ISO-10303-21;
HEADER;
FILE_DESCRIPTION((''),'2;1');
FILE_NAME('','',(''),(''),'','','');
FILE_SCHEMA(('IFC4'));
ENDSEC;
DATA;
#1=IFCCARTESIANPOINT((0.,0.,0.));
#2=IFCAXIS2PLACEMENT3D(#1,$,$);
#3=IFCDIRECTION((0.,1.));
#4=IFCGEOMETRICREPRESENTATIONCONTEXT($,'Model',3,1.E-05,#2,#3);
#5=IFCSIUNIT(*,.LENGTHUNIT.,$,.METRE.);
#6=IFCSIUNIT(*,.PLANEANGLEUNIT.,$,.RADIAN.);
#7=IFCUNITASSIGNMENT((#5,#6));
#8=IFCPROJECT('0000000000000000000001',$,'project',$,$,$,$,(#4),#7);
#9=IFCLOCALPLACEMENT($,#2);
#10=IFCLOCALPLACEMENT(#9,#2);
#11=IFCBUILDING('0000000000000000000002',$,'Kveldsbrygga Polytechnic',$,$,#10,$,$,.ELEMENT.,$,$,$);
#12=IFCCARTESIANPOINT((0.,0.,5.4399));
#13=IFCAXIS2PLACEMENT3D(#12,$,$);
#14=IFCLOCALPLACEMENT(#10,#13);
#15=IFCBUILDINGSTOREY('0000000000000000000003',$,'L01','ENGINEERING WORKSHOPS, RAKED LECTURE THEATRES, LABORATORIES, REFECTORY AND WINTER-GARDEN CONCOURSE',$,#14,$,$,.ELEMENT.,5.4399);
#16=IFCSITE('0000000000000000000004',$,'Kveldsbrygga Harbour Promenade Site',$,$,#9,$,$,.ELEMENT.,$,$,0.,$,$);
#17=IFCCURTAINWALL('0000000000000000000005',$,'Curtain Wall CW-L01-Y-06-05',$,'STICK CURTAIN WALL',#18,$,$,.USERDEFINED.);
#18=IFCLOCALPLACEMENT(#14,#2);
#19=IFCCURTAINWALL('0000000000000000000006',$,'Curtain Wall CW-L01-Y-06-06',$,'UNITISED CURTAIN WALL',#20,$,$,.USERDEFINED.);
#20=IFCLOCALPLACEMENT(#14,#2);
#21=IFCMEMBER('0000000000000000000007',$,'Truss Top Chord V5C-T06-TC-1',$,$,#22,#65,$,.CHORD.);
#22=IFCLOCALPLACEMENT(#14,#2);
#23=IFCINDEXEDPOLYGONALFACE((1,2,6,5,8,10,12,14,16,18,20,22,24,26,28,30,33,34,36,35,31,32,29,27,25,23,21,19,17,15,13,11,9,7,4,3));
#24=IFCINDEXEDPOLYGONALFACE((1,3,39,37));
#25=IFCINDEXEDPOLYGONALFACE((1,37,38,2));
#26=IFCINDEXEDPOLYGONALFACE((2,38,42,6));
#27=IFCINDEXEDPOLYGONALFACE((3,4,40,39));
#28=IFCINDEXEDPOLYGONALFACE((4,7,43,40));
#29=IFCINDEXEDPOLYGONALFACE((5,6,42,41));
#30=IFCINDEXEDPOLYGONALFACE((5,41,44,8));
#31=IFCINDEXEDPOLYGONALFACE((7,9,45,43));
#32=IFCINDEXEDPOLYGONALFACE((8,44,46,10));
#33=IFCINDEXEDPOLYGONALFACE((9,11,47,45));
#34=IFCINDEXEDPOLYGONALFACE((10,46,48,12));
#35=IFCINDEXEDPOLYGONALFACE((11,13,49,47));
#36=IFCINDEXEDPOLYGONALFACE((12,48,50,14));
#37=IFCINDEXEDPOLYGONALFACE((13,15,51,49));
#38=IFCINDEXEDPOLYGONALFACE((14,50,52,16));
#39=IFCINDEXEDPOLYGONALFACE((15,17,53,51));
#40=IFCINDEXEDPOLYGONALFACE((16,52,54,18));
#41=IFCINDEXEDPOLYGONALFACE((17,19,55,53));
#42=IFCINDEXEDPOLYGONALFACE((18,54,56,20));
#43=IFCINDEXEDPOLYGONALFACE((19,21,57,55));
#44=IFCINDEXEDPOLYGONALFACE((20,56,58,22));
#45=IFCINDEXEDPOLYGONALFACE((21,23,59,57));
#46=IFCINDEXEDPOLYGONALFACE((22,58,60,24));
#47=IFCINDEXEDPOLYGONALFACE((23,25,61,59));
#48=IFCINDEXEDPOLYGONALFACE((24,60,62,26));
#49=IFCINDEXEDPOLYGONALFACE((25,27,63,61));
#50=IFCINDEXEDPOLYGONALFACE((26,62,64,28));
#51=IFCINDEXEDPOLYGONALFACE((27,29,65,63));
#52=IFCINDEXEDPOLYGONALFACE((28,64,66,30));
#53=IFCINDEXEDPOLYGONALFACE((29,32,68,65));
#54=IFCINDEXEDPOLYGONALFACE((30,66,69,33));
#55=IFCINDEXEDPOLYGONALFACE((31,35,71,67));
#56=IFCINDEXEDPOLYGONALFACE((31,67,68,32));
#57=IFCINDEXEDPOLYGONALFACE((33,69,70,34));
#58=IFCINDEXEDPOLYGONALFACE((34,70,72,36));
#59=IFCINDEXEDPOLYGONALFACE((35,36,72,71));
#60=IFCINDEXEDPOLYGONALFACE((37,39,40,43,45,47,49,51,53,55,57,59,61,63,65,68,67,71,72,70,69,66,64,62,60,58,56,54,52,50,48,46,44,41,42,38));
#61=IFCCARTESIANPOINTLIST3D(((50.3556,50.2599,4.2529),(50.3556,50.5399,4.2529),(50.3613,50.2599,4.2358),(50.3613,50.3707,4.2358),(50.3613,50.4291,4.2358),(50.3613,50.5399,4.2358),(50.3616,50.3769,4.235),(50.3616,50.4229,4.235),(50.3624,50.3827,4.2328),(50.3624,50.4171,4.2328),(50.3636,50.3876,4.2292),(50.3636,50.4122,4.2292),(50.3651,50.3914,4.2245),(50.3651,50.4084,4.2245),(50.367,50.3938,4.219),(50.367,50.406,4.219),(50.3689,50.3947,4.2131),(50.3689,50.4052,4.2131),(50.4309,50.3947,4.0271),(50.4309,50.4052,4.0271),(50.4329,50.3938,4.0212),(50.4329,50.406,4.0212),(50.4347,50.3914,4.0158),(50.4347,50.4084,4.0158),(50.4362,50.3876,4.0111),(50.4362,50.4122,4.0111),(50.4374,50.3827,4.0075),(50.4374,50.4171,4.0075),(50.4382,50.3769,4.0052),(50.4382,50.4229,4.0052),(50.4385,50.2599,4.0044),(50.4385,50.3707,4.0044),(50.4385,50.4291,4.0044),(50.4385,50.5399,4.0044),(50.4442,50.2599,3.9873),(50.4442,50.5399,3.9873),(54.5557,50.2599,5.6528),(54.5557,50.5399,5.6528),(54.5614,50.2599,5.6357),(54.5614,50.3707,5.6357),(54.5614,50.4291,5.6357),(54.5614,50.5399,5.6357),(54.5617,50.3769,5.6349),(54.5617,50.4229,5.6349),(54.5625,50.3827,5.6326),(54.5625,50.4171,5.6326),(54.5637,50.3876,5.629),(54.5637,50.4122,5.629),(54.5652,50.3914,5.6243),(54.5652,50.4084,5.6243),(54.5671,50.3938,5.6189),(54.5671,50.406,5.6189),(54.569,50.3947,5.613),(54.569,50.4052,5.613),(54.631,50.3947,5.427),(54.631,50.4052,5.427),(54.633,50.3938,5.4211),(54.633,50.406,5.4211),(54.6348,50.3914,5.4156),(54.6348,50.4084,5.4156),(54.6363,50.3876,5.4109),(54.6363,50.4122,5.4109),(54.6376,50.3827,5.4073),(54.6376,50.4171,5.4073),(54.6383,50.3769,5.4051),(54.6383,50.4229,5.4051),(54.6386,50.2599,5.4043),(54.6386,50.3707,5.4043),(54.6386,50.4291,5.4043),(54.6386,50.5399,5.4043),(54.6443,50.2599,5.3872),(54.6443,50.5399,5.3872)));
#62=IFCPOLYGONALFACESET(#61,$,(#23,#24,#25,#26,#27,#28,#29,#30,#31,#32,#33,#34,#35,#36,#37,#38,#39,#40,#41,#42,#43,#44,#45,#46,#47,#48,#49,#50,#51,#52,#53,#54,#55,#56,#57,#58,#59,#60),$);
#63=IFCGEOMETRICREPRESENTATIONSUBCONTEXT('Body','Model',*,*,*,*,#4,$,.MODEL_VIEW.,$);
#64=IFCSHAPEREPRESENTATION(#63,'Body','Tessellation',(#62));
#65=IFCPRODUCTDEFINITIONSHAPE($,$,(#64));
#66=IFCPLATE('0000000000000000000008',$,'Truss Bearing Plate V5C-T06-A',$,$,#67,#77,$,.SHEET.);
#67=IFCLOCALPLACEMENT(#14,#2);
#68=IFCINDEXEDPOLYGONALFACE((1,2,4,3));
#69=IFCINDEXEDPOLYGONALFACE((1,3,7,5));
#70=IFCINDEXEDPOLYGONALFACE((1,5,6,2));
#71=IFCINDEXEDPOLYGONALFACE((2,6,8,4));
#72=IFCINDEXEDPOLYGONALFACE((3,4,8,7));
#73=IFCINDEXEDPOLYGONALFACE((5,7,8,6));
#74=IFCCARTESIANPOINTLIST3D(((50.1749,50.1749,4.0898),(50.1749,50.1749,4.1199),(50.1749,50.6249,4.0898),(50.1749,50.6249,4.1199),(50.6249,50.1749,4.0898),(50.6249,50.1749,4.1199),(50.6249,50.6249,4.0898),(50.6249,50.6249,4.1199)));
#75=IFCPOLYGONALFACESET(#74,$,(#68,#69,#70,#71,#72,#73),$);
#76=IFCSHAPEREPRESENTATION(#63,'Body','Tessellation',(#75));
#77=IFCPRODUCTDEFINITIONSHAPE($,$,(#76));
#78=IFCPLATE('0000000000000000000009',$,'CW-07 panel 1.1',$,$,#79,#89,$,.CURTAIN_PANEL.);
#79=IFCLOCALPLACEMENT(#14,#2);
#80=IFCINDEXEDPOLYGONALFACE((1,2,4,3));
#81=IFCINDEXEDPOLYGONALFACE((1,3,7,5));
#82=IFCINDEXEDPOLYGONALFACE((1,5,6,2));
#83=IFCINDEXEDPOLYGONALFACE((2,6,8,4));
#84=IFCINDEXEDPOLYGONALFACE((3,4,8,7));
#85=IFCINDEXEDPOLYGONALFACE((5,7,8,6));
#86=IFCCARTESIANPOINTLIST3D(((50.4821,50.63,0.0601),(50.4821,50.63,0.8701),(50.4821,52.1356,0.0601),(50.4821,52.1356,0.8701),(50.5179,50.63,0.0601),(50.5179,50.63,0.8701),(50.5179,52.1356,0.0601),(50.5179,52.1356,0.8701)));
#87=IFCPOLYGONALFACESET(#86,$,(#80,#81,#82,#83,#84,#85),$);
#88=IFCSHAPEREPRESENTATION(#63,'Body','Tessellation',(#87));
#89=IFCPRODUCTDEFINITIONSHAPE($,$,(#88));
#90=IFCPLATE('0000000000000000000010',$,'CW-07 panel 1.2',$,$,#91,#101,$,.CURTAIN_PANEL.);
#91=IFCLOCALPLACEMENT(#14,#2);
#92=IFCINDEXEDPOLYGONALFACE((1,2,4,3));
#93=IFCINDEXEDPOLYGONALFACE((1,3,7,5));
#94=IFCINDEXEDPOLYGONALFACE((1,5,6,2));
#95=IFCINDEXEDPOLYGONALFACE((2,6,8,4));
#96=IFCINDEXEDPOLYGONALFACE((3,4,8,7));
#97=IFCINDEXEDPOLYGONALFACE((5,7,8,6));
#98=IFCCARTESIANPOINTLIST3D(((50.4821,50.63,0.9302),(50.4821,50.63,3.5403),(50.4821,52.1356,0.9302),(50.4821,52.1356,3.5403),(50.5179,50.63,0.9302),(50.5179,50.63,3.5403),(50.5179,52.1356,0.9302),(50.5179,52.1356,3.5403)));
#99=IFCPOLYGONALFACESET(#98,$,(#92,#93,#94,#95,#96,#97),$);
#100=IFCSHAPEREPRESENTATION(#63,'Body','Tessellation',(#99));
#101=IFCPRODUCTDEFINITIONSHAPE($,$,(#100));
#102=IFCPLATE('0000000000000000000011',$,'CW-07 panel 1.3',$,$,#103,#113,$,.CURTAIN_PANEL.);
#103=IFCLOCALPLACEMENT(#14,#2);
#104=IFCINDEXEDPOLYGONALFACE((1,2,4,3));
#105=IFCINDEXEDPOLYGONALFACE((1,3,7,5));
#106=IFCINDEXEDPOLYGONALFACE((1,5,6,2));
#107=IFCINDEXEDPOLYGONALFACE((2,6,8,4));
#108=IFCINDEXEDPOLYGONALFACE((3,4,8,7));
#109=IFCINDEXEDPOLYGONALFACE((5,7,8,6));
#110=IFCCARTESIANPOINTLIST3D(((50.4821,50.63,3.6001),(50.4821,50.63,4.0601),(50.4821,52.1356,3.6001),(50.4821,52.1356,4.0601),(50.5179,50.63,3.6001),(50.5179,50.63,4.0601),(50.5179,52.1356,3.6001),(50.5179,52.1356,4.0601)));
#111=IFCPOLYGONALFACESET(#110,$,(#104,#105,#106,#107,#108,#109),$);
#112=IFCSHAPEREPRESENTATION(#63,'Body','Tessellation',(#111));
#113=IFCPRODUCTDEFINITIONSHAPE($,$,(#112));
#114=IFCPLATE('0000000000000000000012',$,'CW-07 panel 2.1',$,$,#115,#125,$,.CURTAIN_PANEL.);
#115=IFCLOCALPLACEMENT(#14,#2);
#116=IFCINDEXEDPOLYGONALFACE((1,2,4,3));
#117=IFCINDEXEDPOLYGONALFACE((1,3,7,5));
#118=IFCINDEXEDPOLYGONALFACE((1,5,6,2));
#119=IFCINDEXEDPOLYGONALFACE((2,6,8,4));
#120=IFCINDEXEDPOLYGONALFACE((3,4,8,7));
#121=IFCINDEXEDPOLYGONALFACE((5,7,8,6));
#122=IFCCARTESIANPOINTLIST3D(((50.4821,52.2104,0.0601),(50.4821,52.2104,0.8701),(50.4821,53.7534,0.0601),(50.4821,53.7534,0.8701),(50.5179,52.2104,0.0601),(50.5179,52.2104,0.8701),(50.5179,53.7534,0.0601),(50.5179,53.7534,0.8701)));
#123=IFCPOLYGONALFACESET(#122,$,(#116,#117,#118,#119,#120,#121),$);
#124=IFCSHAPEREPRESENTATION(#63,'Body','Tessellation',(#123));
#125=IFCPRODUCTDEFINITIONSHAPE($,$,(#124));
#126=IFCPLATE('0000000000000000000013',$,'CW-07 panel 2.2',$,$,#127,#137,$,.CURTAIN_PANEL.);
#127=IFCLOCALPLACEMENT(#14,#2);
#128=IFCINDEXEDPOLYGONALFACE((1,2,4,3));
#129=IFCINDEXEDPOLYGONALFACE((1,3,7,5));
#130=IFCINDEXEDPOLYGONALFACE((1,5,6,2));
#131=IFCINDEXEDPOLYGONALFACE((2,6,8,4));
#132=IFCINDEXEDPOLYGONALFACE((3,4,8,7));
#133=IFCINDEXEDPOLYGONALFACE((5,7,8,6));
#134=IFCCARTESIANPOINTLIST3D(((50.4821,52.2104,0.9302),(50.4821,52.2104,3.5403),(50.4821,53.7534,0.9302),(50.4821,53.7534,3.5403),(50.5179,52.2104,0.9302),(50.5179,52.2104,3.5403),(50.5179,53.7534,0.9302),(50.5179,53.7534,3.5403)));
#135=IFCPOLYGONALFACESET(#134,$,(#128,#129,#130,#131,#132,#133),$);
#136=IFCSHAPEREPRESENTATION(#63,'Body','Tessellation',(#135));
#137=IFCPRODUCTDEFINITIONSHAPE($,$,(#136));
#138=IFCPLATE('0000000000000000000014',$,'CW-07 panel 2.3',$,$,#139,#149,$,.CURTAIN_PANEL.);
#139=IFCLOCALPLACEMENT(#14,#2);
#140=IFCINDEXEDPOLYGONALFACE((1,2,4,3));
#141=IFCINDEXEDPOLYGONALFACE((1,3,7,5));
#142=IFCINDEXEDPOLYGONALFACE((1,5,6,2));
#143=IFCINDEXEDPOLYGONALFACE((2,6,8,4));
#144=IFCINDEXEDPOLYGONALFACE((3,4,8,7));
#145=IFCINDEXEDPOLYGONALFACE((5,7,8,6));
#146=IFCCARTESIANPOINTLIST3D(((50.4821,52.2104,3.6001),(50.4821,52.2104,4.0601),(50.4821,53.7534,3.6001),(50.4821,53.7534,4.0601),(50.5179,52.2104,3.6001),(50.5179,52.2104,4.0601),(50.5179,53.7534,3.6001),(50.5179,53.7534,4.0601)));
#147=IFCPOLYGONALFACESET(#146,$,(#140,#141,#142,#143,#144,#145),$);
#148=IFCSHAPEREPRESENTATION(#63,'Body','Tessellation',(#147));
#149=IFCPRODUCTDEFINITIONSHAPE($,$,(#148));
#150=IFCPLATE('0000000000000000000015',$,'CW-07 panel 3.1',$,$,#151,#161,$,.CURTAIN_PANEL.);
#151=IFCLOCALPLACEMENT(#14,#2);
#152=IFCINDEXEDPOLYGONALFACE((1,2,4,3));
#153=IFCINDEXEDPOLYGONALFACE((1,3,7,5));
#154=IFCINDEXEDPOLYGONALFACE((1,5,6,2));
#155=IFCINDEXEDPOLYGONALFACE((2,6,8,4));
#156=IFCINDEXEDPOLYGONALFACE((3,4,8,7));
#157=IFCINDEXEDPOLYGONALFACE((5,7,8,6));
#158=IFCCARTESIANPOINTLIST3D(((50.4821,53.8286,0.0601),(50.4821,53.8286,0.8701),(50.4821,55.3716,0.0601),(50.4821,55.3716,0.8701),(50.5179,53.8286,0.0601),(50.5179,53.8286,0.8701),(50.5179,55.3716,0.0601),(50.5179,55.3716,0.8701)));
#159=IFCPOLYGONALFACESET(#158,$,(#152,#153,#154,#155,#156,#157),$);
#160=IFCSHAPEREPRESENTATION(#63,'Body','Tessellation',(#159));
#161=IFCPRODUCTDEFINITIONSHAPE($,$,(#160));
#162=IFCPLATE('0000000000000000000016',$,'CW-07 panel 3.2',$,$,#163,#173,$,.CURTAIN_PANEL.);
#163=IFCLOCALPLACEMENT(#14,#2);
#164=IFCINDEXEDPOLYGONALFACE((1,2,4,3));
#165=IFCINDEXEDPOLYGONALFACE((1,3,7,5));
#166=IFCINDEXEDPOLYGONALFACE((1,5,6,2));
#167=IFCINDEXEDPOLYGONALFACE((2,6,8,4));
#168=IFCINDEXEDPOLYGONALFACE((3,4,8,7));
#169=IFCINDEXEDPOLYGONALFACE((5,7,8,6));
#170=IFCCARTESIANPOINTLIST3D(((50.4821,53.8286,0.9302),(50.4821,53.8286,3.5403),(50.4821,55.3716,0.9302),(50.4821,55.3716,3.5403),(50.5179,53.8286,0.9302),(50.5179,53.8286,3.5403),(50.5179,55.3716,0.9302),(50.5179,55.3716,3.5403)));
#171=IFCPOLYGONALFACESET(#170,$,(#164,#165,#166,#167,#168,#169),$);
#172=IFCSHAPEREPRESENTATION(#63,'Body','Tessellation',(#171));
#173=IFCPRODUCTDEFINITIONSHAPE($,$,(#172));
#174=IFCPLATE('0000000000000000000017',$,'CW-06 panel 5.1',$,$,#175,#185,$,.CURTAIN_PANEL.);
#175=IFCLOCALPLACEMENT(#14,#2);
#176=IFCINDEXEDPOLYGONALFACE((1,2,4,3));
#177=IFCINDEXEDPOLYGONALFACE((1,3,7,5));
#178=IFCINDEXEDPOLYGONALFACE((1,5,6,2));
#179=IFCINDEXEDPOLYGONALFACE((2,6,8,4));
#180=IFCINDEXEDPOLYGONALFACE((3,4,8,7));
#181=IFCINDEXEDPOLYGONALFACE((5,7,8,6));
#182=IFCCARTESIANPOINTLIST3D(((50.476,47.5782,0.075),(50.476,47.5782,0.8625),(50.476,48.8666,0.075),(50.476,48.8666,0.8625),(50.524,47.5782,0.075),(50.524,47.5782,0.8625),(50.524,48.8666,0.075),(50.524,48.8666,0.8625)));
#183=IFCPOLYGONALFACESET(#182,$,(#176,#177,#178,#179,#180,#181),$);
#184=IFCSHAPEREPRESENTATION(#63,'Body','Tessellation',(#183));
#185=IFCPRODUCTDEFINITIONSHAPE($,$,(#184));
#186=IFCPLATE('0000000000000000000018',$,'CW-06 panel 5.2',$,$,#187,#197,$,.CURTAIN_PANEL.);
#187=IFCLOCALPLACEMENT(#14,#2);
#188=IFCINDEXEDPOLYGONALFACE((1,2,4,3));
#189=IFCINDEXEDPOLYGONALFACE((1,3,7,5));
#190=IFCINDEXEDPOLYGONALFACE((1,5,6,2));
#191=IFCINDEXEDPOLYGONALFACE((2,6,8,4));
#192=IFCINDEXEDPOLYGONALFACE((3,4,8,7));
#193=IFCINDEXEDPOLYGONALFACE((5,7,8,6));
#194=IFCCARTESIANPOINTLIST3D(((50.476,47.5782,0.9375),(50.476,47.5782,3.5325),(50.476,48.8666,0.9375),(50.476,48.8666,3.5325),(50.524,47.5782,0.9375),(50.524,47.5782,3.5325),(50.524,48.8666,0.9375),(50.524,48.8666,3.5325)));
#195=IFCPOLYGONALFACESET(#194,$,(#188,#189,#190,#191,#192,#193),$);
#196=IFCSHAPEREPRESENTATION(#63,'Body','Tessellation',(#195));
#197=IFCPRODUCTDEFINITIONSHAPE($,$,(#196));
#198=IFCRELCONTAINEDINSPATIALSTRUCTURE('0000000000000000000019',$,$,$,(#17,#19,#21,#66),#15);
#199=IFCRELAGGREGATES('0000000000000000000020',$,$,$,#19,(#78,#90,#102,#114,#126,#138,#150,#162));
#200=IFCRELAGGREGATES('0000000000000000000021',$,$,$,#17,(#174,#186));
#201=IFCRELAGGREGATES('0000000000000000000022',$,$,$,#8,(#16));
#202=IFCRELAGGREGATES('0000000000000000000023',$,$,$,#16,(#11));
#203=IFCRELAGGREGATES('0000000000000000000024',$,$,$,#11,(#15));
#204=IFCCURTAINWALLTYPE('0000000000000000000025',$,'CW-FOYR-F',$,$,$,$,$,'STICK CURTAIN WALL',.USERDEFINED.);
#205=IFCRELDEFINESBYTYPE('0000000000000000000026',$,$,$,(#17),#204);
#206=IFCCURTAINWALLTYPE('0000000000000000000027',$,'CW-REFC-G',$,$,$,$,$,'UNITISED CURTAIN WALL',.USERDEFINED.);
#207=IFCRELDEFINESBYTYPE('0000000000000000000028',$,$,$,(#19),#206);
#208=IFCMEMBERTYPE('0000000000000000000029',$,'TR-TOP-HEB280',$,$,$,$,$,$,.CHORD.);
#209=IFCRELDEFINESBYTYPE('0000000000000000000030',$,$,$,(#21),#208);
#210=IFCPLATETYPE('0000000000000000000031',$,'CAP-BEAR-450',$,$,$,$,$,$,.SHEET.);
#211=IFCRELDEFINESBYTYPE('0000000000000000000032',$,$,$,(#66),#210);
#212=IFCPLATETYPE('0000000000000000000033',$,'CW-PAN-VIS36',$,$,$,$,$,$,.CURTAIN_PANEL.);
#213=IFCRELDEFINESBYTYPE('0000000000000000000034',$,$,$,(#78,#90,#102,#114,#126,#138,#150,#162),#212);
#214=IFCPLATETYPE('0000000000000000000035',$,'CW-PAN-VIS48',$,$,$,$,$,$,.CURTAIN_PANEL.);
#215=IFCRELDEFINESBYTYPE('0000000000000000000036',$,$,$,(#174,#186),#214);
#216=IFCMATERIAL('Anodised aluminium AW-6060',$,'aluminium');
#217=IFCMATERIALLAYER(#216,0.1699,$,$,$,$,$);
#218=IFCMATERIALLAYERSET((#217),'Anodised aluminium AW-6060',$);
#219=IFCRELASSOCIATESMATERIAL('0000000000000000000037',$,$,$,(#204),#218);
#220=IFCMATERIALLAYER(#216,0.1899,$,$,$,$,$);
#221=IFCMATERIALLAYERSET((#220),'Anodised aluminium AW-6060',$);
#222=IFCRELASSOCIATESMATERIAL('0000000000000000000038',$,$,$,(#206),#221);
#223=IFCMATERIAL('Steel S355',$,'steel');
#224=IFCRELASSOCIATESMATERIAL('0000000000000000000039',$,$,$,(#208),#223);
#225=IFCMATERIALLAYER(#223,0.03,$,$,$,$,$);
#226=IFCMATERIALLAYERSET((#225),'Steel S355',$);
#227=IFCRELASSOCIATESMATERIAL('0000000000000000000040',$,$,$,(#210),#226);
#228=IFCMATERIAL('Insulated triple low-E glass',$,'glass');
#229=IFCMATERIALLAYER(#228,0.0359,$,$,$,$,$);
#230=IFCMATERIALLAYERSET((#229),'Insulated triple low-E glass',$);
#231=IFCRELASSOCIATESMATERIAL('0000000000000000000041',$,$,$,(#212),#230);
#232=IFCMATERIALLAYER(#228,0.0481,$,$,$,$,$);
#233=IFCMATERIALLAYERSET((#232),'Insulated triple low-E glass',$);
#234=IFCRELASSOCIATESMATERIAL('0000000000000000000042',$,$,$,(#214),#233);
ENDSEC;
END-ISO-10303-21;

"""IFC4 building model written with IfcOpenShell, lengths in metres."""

from ifc_helpers import new_model, si_unit, direction, frame, origin, origin_2d, place, context, subcontext, project, spatial, rectangle, i_section, extrude, material, layer, layer_set, material_profile, profile_set, type_object, element, aggregate, save


model = new_model("IFC4")

# Units and contexts
model_context = context("Model", 3, precision=1e-05, world=origin(), true_north=direction((0.0, 1.0)))
body_context = subcontext(model_context, "Body", "Model", "MODEL_VIEW")
ifc_project = project(units=[si_unit("LENGTHUNIT", "METRE"), si_unit("PLANEANGLEUNIT", "RADIAN")], contexts=[model_context])

# Site, building, storey
site_placement = place(None, origin())
site = spatial("IfcSite", under=ifc_project, at=site_placement, Name="Kveldsbrygga Harbour Promenade Site", CompositionType="ELEMENT", RefElevation=0.0)
building_placement = place(site_placement, origin())
building = spatial("IfcBuilding", under=site, at=building_placement, Name="Kveldsbrygga Polytechnic", CompositionType="ELEMENT")
storey_placement = place(building_placement, frame((0.0, 0.0, 5.4399)))
storey = spatial("IfcBuildingStorey", under=building, at=storey_placement, Name="L01", Description="ENGINEERING WORKSHOPS, RAKED LECTURE THEATRES, LABORATORIES, REFECTORY AND WINTER-GARDEN CONCOURSE", CompositionType="ELEMENT", Elevation=5.4399)

# Shared definitions
ifc_material_1 = material(Name="Steel S355", Category="steel")

# Curtain walls
ifc_material_2 = material(Name="Anodised aluminium AW-6060", Category="aluminium")
ifc_layer_1 = layer(ifc_material_2, 0.1699)
ifc_layer_set_1 = layer_set([ifc_layer_1], Name="Anodised aluminium AW-6060")
curtain_wall_type_1 = type_object("IfcCurtainWallType", Name="CW-FOYR-F", ElementType="STICK CURTAIN WALL", PredefinedType="USERDEFINED", material=ifc_layer_set_1)
curtain_wall_1_placement = place(storey_placement, origin())
curtain_wall_1 = element("IfcCurtainWall", 1, at=curtain_wall_1_placement, inside=storey, type_object=curtain_wall_type_1, Name="Curtain Wall CW-L01-Y-06-05", ObjectType="STICK CURTAIN WALL", PredefinedType="USERDEFINED")
ifc_layer_2 = layer(ifc_material_2, 0.1899)
ifc_layer_set_2 = layer_set([ifc_layer_2], Name="Anodised aluminium AW-6060")
curtain_wall_type_2 = type_object("IfcCurtainWallType", Name="CW-REFC-G", ElementType="UNITISED CURTAIN WALL", PredefinedType="USERDEFINED", material=ifc_layer_set_2)
curtain_wall_2_placement = place(storey_placement, origin())
curtain_wall_2 = element("IfcCurtainWall", 2, at=curtain_wall_2_placement, inside=storey, type_object=curtain_wall_type_2, Name="Curtain Wall CW-L01-Y-06-06", ObjectType="UNITISED CURTAIN WALL", PredefinedType="USERDEFINED")

# Member
ifc_material_profile_1 = material_profile(ifc_material_1, i_section(OverallWidth=0.28, OverallDepth=0.28, WebThickness=0.0105, FlangeThickness=0.0181, FilletRadius=0.0239, at=origin_2d()), Name="HEB 280")
ifc_profile_set_1 = profile_set([ifc_material_profile_1], Name="Steel S355")
member_type_1 = type_object("IfcMemberType", Name="TR-TOP-HEB280", PredefinedType="CHORD", material=ifc_profile_set_1)
member_1_placement = place(storey_placement, frame((50.3999, 50.3999, 4.1201), z_axis=(0.948694, 0.0, 0.316195), x_axis=(0.0, 1.0, 0.0)))
element("IfcMember", 3, at=member_1_placement, inside=storey, type_object=member_type_1, Name="Truss Top Chord V5C-T06-TC-1", PredefinedType="CHORD", context=body_context, shape_type="SweptSolid", body=[
    extrude(i_section(OverallWidth=0.28, OverallDepth=0.28, WebThickness=0.0105, FlangeThickness=0.0181, FilletRadius=0.0239, at=origin_2d()), origin(), (0.0, 0.0, 1.0), 4.4272),
])

# Plates
ifc_layer_3 = layer(ifc_material_1, 0.03)
ifc_layer_set_3 = layer_set([ifc_layer_3], Name="Steel S355")
plate_type_1 = type_object("IfcPlateType", Name="CAP-BEAR-450", PredefinedType="SHEET", material=ifc_layer_set_3)
plate_1_placement = place(storey_placement, frame((50.3999, 50.3999, 4.0898), z_axis=(0.0, 0.0, 1.0), x_axis=(1.0, 0.0, 0.0)))
element("IfcPlate", 4, at=plate_1_placement, inside=storey, type_object=plate_type_1, Name="Truss Bearing Plate V5C-T06-A", PredefinedType="SHEET", context=body_context, shape_type="SweptSolid", body=[
    extrude(rectangle(XDim=0.45, YDim=0.45, at=origin_2d()), origin(), (0.0, 0.0, 1.0), 0.03),
])
ifc_material_3 = material(Name="Insulated triple low-E glass", Category="glass")
ifc_layer_4 = layer(ifc_material_3, 0.0359)
ifc_layer_set_4 = layer_set([ifc_layer_4], Name="Insulated triple low-E glass")
plate_type_2 = type_object("IfcPlateType", Name="CW-PAN-VIS36", PredefinedType="CURTAIN_PANEL", material=ifc_layer_set_4)
plate_2_placement = place(storey_placement, frame((50.5, 51.3828, 0.0601), z_axis=(0.0, 0.0, 1.0), x_axis=(0.0, 1.0, 0.0)))
plate_2 = element("IfcPlate", 5, at=plate_2_placement, type_object=plate_type_2, Name="CW-07 panel 1.1", PredefinedType="CURTAIN_PANEL", context=body_context, shape_type="SweptSolid", body=[
    extrude(rectangle(XDim=1.5056, YDim=0.0359, at=origin_2d()), origin(), (0.0, 0.0, 1.0), 0.8101),
])
plate_3_placement = place(storey_placement, frame((50.5, 51.3828, 0.9302), z_axis=(0.0, 0.0, 1.0), x_axis=(0.0, 1.0, 0.0)))
plate_3 = element("IfcPlate", 6, at=plate_3_placement, type_object=plate_type_2, Name="CW-07 panel 1.2", PredefinedType="CURTAIN_PANEL", context=body_context, shape_type="SweptSolid", body=[
    extrude(rectangle(XDim=1.5056, YDim=0.0359, at=origin_2d()), origin(), (0.0, 0.0, 1.0), 2.6101),
])
plate_4_placement = place(storey_placement, frame((50.5, 51.3828, 3.6001), z_axis=(0.0, 0.0, 1.0), x_axis=(0.0, 1.0, 0.0)))
plate_4 = element("IfcPlate", 7, at=plate_4_placement, type_object=plate_type_2, Name="CW-07 panel 1.3", PredefinedType="CURTAIN_PANEL", context=body_context, shape_type="SweptSolid", body=[
    extrude(rectangle(XDim=1.5056, YDim=0.0359, at=origin_2d()), origin(), (0.0, 0.0, 1.0), 0.46),
])
plate_5_placement = place(storey_placement, frame((50.5, 52.9819, 0.0601), z_axis=(0.0, 0.0, 1.0), x_axis=(0.0, 1.0, 0.0)))
plate_5 = element("IfcPlate", 8, at=plate_5_placement, type_object=plate_type_2, Name="CW-07 panel 2.1", PredefinedType="CURTAIN_PANEL", context=body_context, shape_type="SweptSolid", body=[
    extrude(rectangle(XDim=1.543, YDim=0.0359, at=origin_2d()), origin(), (0.0, 0.0, 1.0), 0.8101),
])
plate_6_placement = place(storey_placement, frame((50.5, 52.9819, 0.9302), z_axis=(0.0, 0.0, 1.0), x_axis=(0.0, 1.0, 0.0)))
plate_6 = element("IfcPlate", 9, at=plate_6_placement, type_object=plate_type_2, Name="CW-07 panel 2.2", PredefinedType="CURTAIN_PANEL", context=body_context, shape_type="SweptSolid", body=[
    extrude(rectangle(XDim=1.543, YDim=0.0359, at=origin_2d()), origin(), (0.0, 0.0, 1.0), 2.6101),
])
plate_7_placement = place(storey_placement, frame((50.5, 52.9819, 3.6001), z_axis=(0.0, 0.0, 1.0), x_axis=(0.0, 1.0, 0.0)))
plate_7 = element("IfcPlate", 10, at=plate_7_placement, type_object=plate_type_2, Name="CW-07 panel 2.3", PredefinedType="CURTAIN_PANEL", context=body_context, shape_type="SweptSolid", body=[
    extrude(rectangle(XDim=1.543, YDim=0.0359, at=origin_2d()), origin(), (0.0, 0.0, 1.0), 0.46),
])
plate_8_placement = place(storey_placement, frame((50.5, 54.6001, 0.0601), z_axis=(0.0, 0.0, 1.0), x_axis=(0.0, 1.0, 0.0)))
plate_8 = element("IfcPlate", 11, at=plate_8_placement, type_object=plate_type_2, Name="CW-07 panel 3.1", PredefinedType="CURTAIN_PANEL", context=body_context, shape_type="SweptSolid", body=[
    extrude(rectangle(XDim=1.543, YDim=0.0359, at=origin_2d()), origin(), (0.0, 0.0, 1.0), 0.8101),
])
plate_9_placement = place(storey_placement, frame((50.5, 54.6001, 0.9302), z_axis=(0.0, 0.0, 1.0), x_axis=(0.0, 1.0, 0.0)))
plate_9 = element("IfcPlate", 12, at=plate_9_placement, type_object=plate_type_2, Name="CW-07 panel 3.2", PredefinedType="CURTAIN_PANEL", context=body_context, shape_type="SweptSolid", body=[
    extrude(rectangle(XDim=1.543, YDim=0.0359, at=origin_2d()), origin(), (0.0, 0.0, 1.0), 2.6101),
])
aggregate(curtain_wall_2, [plate_2, plate_3, plate_4, plate_5, plate_6, plate_7, plate_8, plate_9])
ifc_layer_5 = layer(ifc_material_3, 0.0481)
ifc_layer_set_5 = layer_set([ifc_layer_5], Name="Insulated triple low-E glass")
plate_type_3 = type_object("IfcPlateType", Name="CW-PAN-VIS48", PredefinedType="CURTAIN_PANEL", material=ifc_layer_set_5)
plate_10_placement = place(storey_placement, frame((50.5, 48.2224, 0.075), z_axis=(0.0, 0.0, 1.0), x_axis=(0.0, 1.0, 0.0)))
plate_10 = element("IfcPlate", 13, at=plate_10_placement, type_object=plate_type_3, Name="CW-06 panel 5.1", PredefinedType="CURTAIN_PANEL", context=body_context, shape_type="SweptSolid", body=[
    extrude(rectangle(XDim=1.2883, YDim=0.0481, at=origin_2d()), origin(), (0.0, 0.0, 1.0), 0.7876),
])
plate_11_placement = place(storey_placement, frame((50.5, 48.2224, 0.9375), z_axis=(0.0, 0.0, 1.0), x_axis=(0.0, 1.0, 0.0)))
plate_11 = element("IfcPlate", 14, at=plate_11_placement, type_object=plate_type_3, Name="CW-06 panel 5.2", PredefinedType="CURTAIN_PANEL", context=body_context, shape_type="SweptSolid", body=[
    extrude(rectangle(XDim=1.2883, YDim=0.0481, at=origin_2d()), origin(), (0.0, 0.0, 1.0), 2.595),
])
aggregate(curtain_wall_1, [plate_10, plate_11])

save(model, "model.ifc")
